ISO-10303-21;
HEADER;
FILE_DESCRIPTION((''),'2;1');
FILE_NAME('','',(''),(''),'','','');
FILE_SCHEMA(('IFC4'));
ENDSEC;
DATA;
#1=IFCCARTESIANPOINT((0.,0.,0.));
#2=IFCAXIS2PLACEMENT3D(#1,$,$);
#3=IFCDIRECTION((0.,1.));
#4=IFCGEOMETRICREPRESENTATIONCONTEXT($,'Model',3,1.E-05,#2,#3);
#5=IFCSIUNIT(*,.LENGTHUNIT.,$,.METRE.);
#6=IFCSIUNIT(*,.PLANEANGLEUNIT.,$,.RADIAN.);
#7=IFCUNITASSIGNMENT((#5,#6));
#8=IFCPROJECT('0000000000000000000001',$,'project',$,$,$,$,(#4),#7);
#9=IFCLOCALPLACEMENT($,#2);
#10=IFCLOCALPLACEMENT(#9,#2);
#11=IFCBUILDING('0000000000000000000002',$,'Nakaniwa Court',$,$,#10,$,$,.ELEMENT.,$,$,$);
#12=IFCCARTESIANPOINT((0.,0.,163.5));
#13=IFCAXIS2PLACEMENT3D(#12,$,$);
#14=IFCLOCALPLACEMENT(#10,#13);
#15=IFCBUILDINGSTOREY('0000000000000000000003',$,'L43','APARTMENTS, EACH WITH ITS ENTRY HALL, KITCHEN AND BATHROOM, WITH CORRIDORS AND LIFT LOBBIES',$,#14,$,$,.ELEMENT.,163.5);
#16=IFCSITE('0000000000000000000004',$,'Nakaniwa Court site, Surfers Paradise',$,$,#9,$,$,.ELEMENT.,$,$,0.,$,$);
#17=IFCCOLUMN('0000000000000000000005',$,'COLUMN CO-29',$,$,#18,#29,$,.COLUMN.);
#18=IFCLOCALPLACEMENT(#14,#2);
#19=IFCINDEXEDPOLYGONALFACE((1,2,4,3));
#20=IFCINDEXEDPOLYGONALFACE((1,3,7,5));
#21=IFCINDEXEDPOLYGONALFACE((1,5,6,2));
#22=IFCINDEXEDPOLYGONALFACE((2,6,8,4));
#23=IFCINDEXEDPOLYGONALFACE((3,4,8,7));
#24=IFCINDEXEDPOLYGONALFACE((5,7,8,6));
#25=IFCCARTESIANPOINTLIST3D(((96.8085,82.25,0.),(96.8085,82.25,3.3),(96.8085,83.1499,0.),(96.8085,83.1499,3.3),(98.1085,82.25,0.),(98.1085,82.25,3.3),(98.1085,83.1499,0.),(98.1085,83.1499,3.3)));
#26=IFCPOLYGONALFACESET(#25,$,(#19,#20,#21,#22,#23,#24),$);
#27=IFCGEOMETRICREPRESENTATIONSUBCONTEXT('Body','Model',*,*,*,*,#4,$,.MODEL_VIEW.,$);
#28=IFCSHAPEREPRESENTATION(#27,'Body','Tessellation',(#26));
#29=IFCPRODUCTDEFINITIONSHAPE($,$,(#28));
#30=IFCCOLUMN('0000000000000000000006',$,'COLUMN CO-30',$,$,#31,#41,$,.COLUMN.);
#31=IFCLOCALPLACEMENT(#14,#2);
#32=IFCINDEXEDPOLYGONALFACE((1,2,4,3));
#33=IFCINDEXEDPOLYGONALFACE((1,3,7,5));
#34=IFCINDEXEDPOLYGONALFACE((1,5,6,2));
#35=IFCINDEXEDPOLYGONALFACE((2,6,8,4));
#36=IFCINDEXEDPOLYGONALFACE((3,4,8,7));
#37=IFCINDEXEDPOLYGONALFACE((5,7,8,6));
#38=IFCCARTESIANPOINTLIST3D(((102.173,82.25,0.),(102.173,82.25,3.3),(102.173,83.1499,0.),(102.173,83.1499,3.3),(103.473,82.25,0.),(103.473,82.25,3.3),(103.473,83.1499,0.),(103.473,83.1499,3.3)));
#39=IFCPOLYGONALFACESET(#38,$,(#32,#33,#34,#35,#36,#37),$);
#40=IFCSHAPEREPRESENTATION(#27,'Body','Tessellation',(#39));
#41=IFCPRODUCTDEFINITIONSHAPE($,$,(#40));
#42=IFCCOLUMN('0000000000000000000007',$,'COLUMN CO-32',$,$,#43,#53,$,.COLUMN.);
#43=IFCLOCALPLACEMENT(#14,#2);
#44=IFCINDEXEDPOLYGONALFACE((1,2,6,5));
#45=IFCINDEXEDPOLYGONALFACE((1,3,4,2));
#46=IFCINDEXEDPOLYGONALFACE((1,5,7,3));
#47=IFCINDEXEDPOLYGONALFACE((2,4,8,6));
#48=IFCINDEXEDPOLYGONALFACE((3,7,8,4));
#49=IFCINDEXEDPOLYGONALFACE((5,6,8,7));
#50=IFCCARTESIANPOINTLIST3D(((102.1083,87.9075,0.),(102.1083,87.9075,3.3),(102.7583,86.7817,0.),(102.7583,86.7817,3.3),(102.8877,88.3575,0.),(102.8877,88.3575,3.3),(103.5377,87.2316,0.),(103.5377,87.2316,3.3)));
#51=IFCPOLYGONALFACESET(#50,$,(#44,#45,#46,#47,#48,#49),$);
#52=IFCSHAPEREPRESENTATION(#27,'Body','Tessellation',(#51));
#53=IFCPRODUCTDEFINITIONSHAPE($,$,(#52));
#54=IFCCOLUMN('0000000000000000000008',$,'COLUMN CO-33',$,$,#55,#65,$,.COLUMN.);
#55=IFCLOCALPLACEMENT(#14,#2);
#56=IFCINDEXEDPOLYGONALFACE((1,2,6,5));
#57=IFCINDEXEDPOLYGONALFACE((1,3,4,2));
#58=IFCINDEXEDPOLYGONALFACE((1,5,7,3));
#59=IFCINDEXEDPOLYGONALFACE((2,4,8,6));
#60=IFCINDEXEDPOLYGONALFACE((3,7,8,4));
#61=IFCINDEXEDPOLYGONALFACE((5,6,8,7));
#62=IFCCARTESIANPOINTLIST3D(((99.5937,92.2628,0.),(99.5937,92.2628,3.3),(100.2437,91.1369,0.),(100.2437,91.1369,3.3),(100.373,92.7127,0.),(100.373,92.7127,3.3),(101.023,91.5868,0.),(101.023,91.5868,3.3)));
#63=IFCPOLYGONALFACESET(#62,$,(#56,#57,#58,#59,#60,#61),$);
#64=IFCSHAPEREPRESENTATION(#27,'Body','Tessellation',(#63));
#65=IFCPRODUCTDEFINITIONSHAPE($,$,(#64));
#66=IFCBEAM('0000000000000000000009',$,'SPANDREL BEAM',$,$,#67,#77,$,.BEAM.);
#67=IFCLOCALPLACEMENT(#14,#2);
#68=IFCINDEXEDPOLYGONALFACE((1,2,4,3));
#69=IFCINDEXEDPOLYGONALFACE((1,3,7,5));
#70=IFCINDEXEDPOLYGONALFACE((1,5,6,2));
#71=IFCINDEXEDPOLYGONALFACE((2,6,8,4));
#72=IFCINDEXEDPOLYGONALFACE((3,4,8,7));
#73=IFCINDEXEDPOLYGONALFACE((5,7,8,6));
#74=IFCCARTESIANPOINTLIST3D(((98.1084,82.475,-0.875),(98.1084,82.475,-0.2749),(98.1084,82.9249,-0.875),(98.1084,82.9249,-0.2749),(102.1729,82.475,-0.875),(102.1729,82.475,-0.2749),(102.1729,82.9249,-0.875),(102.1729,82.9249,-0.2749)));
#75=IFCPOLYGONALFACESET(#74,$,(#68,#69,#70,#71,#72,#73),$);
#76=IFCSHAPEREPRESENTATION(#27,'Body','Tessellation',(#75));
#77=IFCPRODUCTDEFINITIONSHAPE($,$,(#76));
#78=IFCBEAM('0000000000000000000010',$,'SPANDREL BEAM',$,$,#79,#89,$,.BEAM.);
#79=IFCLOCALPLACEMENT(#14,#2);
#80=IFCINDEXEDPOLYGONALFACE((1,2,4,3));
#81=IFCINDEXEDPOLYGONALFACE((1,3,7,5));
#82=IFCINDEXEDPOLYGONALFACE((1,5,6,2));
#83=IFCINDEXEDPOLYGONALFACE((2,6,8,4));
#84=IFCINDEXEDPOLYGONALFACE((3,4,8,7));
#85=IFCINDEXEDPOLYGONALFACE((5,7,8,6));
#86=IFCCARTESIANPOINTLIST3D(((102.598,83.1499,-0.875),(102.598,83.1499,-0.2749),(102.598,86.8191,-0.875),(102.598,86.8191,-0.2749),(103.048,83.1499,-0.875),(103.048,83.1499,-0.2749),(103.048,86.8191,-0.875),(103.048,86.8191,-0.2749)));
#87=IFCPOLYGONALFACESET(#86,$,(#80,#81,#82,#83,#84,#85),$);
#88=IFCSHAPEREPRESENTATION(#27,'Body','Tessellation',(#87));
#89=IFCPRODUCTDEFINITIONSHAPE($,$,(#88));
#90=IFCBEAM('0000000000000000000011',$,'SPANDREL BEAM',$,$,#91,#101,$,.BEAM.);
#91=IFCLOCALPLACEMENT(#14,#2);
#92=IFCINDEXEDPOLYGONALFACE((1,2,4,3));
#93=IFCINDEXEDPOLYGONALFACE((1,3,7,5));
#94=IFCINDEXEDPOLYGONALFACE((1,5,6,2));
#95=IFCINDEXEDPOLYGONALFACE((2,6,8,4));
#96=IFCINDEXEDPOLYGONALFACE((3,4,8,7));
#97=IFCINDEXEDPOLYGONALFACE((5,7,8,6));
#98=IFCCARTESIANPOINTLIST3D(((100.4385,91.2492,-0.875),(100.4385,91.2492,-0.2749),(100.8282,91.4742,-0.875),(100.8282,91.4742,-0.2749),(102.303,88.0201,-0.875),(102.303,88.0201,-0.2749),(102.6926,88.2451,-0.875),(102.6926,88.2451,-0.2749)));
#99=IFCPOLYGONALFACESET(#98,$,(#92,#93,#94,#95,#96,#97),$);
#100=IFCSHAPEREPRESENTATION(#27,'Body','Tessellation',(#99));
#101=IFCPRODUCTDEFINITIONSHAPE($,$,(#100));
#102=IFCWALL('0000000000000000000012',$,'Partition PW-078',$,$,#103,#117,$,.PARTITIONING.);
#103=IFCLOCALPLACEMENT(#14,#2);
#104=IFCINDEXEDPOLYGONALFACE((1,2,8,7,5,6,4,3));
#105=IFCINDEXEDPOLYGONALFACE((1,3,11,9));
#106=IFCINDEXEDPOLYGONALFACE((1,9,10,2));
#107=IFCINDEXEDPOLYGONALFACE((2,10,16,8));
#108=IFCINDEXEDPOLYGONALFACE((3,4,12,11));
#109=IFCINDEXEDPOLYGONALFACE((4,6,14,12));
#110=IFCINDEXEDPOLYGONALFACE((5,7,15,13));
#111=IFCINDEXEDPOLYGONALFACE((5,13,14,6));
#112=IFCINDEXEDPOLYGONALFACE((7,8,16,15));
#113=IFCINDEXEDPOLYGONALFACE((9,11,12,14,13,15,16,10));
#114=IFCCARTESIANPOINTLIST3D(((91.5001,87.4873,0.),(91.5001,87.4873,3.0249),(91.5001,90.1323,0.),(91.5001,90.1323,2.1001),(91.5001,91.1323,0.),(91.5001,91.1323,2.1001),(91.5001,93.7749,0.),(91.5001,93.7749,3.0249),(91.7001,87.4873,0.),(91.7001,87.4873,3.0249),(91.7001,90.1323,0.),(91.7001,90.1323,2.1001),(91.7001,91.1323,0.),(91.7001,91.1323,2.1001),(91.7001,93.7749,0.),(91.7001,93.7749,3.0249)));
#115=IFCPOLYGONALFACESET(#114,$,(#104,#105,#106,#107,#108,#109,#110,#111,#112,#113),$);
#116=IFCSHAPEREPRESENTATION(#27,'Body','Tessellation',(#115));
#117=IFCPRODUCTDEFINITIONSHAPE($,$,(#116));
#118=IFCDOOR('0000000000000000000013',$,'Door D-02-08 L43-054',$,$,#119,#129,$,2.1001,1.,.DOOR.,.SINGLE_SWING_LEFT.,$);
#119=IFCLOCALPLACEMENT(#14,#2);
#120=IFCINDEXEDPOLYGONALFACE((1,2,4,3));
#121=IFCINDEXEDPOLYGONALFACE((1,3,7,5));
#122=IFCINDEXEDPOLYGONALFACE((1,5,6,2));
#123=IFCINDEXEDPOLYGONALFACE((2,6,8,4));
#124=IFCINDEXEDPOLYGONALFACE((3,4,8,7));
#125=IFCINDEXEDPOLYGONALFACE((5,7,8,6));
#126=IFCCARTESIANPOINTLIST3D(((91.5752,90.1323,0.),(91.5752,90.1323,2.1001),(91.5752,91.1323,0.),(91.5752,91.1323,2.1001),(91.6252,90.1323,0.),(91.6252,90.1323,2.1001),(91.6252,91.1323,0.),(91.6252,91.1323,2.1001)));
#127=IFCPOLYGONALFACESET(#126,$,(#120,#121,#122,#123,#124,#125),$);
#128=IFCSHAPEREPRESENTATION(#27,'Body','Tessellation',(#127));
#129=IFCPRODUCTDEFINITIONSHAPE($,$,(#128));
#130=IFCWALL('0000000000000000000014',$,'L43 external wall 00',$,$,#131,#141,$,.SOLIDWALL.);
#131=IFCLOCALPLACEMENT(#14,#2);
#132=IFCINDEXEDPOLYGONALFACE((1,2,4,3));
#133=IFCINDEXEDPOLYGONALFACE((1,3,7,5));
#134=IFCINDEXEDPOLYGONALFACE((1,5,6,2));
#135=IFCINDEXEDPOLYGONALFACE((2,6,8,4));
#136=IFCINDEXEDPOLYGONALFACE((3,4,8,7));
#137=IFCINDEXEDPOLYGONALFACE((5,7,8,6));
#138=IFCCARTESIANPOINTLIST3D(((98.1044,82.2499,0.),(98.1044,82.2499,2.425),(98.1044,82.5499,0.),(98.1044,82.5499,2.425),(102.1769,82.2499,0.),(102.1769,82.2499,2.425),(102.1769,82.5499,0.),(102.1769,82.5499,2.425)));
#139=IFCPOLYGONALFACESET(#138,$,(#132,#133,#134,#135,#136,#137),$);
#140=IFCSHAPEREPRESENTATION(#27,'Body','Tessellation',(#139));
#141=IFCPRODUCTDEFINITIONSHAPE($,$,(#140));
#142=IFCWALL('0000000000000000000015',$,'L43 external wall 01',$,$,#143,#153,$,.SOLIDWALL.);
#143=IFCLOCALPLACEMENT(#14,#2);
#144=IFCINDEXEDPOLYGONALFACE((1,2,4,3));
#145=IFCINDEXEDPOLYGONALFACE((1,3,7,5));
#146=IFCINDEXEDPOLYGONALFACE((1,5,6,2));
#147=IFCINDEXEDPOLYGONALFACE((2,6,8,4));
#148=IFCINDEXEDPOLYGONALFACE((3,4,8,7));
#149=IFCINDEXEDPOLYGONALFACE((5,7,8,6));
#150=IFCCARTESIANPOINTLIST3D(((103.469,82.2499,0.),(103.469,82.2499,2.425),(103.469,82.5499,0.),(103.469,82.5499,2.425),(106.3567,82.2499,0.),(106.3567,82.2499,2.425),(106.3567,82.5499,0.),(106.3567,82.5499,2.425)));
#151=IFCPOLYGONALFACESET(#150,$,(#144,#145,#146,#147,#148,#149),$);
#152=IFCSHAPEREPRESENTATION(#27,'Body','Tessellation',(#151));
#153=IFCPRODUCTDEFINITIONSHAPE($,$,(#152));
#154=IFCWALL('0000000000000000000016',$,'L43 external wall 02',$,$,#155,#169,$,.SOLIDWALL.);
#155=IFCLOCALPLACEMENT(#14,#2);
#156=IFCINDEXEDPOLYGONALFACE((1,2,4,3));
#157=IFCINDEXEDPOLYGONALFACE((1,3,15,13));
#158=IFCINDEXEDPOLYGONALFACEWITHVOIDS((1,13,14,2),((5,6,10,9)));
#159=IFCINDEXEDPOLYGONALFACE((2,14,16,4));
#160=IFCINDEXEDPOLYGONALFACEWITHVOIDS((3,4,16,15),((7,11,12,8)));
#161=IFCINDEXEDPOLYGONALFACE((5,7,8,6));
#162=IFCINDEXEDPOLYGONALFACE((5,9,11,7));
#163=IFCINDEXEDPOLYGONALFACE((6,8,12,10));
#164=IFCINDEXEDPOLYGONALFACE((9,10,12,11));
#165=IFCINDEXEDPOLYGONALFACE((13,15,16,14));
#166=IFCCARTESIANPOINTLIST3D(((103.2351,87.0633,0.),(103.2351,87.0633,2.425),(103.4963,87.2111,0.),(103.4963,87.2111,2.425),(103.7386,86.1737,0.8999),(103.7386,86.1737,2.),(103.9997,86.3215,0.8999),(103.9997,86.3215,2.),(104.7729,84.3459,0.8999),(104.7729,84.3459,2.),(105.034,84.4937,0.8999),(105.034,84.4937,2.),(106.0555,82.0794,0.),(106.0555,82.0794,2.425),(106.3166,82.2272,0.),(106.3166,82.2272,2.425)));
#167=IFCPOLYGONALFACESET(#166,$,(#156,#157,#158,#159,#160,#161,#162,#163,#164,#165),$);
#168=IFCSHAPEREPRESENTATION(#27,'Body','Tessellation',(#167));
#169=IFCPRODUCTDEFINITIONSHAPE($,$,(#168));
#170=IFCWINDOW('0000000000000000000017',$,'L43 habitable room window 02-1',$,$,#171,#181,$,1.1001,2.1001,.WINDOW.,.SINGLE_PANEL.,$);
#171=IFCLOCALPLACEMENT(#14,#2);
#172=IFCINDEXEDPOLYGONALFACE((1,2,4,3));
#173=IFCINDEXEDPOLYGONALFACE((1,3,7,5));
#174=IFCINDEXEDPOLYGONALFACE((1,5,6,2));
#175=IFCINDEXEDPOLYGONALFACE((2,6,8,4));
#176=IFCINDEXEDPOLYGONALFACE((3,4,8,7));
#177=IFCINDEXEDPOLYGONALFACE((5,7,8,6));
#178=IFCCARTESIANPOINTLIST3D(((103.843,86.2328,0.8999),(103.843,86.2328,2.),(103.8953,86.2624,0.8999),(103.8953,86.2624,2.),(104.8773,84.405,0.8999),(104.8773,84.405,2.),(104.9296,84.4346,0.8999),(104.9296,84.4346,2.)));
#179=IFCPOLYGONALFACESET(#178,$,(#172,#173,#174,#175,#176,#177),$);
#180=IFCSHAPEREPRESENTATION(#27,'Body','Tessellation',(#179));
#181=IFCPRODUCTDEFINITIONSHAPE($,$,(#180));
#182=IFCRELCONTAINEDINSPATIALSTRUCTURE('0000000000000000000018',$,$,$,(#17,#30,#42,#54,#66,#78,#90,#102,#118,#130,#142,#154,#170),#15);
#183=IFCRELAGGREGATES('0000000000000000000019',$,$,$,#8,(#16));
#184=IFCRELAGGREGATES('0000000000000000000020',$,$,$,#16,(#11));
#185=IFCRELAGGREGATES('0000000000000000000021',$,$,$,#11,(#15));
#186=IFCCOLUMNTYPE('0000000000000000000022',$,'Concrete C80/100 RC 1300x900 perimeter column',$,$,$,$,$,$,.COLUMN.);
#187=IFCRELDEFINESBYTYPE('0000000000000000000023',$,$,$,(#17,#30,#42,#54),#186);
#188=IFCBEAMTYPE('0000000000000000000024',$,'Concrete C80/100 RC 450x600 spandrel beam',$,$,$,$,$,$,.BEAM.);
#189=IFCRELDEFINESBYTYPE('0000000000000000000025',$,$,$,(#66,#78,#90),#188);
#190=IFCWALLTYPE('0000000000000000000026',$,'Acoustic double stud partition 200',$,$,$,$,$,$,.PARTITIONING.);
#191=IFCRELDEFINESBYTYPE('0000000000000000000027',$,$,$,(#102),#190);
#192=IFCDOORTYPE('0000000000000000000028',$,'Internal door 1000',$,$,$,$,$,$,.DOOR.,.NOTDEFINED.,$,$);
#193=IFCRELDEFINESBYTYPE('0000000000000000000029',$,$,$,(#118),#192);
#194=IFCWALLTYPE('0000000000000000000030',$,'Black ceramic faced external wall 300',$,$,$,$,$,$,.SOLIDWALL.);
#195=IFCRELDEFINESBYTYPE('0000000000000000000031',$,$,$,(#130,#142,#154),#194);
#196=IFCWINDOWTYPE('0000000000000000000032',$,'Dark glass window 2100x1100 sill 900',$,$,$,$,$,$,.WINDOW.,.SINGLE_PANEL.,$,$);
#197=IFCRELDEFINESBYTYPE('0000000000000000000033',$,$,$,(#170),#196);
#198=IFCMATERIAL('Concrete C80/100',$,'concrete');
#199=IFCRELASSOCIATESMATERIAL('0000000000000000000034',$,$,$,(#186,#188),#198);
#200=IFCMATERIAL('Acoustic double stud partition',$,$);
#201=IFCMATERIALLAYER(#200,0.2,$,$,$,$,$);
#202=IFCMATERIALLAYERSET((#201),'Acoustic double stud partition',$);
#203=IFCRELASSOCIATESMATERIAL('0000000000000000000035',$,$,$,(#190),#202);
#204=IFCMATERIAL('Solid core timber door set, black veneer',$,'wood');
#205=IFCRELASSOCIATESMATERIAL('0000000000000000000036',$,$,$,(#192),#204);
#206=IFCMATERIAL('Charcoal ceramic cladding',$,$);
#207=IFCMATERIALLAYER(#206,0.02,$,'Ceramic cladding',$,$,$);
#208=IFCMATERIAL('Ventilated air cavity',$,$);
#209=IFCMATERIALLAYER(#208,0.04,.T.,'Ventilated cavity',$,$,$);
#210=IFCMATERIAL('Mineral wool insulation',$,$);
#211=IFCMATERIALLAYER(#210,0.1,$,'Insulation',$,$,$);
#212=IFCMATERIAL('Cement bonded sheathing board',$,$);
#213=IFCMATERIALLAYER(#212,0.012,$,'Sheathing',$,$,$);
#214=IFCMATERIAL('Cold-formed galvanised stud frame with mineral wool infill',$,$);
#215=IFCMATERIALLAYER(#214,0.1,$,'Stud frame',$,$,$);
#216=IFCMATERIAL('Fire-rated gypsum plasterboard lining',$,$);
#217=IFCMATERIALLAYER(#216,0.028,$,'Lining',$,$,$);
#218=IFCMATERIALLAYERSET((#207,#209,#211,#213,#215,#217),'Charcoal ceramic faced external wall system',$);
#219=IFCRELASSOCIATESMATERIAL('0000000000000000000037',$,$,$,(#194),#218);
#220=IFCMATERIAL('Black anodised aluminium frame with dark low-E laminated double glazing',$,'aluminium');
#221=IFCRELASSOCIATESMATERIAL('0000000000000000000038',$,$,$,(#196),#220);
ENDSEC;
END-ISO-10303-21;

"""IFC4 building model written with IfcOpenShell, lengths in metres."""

from ifc_helpers import new_model, si_unit, direction, frame, frame_2d, origin, origin_2d, place, context, subcontext, project, spatial, rectangle, extrude, material, layer, layer_set, material_profile, profile_set, type_object, element, fill, save


model = new_model("IFC4")

# Units and contexts
model_context = context("Model", 3, precision=1e-05, world=origin(), true_north=direction((0.0, 1.0)))
body_context = subcontext(model_context, "Body", "Model", "MODEL_VIEW")
ifc_project = project(units=[si_unit("LENGTHUNIT", "METRE"), si_unit("PLANEANGLEUNIT", "RADIAN")], contexts=[model_context])

# Site, building, storey
site_placement = place(None, origin())
site = spatial("IfcSite", under=ifc_project, at=site_placement, Name="Nakaniwa Court site, Surfers Paradise", CompositionType="ELEMENT", RefElevation=0.0)
building_placement = place(site_placement, origin())
building = spatial("IfcBuilding", under=site, at=building_placement, Name="Nakaniwa Court", CompositionType="ELEMENT")
storey_placement = place(building_placement, frame((0.0, 0.0, 163.5)))
storey = spatial("IfcBuildingStorey", under=building, at=storey_placement, Name="L43", Description="APARTMENTS, EACH WITH ITS ENTRY HALL, KITCHEN AND BATHROOM, WITH CORRIDORS AND LIFT LOBBIES", CompositionType="ELEMENT", Elevation=163.5)

# Columns
ifc_material_1 = material(Name="Concrete C80/100", Category="concrete")
ifc_material_profile_1 = material_profile(ifc_material_1, rectangle(XDim=1.3, YDim=0.8999, at=origin_2d()), Name="Concrete C80/100 RC 1300x900 perimeter column")
ifc_profile_set_1 = profile_set([ifc_material_profile_1], Name="Concrete C80/100")
column_type = type_object("IfcColumnType", Name="Concrete C80/100 RC 1300x900 perimeter column", PredefinedType="COLUMN", material=ifc_profile_set_1)
for number, where, z_axis, x_axis, name in (
    (1, (97.4585, 82.7, 0.0), (0.0, 0.0, 1.0), (1.0, 0.0, 0.0), "COLUMN CO-29"),
    (2, (102.823, 82.7, 0.0), (0.0, 0.0, 1.0), (1.0, 0.0, 0.0), "COLUMN CO-30"),
    (3, (102.823, 87.5696, 0.0), (0.0, 0.0, 1.0), (-0.5, 0.866025, 0.0), "COLUMN CO-32"),
    (4, (100.3083, 91.9248, 0.0), (0.0, 0.0, 1.0), (-0.5, 0.866025, 0.0), "COLUMN CO-33"),
):
    element("IfcColumn", number, at=place(storey_placement, frame(where, z_axis=z_axis, x_axis=x_axis)), inside=storey, type_object=column_type, Name=name, PredefinedType="COLUMN", context=body_context, shape_type="SweptSolid", body=[
        extrude(rectangle(XDim=1.3, YDim=0.8999, at=origin_2d()), origin(), (0.0, 0.0, 1.0), 3.3),
    ])

# Beams
ifc_material_profile_2 = material_profile(ifc_material_1, rectangle(XDim=0.45, YDim=0.6001, at=origin_2d()), Name="Concrete C80/100 RC 450x600 spandrel beam")
ifc_profile_set_2 = profile_set([ifc_material_profile_2], Name="Concrete C80/100")
beam_type = type_object("IfcBeamType", Name="Concrete C80/100 RC 450x600 spandrel beam", PredefinedType="BEAM", material=ifc_profile_set_2)
beam_1_placement = place(storey_placement, frame((98.1084, 82.7, -0.575), z_axis=(1.0, 0.0, 0.0), x_axis=(0.0, 1.0, 0.0)))
element("IfcBeam", 5, at=beam_1_placement, inside=storey, type_object=beam_type, Name="SPANDREL BEAM", PredefinedType="BEAM", context=body_context, shape_type="SweptSolid", body=[
    extrude(rectangle(XDim=0.45, YDim=0.6001, at=origin_2d()), origin(), (0.0, 0.0, 1.0), 4.0645),
])
beam_2_placement = place(storey_placement, frame((102.823, 83.1499, -0.575), z_axis=(0.0, 1.0, 0.0), x_axis=(-1.0, 0.0, 0.0)))
element("IfcBeam", 6, at=beam_2_placement, inside=storey, type_object=beam_type, Name="SPANDREL BEAM", PredefinedType="BEAM", context=body_context, shape_type="SweptSolid", body=[
    extrude(rectangle(XDim=0.45, YDim=0.6001, at=origin_2d()), origin(), (0.0, 0.0, 1.0), 3.6692),
])
beam_3_placement = place(storey_placement, frame((102.4978, 88.1326, -0.575), z_axis=(-0.500019, 0.866014, 0.0), x_axis=(-0.866014, -0.500019, 0.0)))
element("IfcBeam", 7, at=beam_3_placement, inside=storey, type_object=beam_type, Name="SPANDREL BEAM", PredefinedType="BEAM", context=body_context, shape_type="SweptSolid", body=[
    extrude(rectangle(XDim=0.45, YDim=0.6001, at=origin_2d()), origin(), (0.0, 0.0, 1.0), 3.7288),
])

# Wall, opening, door
ifc_material_2 = material(Name="Acoustic double stud partition")
ifc_layer_1 = layer(ifc_material_2, 0.2)
ifc_layer_set_1 = layer_set([ifc_layer_1], Name="Acoustic double stud partition")
wall_type_1 = type_object("IfcWallType", Name="Acoustic double stud partition 200", PredefinedType="PARTITIONING", material=ifc_layer_set_1)
wall_1_placement = place(storey_placement, frame((91.6001, 87.4873, 0.0), z_axis=(0.0, 0.0, 1.0), x_axis=(0.0, 1.0, 0.0)))
wall_1 = element("IfcWall", 8, at=wall_1_placement, inside=storey, type_object=wall_type_1, Name="Partition PW-078", PredefinedType="PARTITIONING", context=body_context, shape_type="SweptSolid", body=[
    extrude(rectangle(XDim=6.2876, YDim=0.2, at=frame_2d((3.1438, 0.0))), origin(), (0.0, 0.0, 1.0), 3.0249),
])
opening_1_placement = place(wall_1_placement, frame((2.645, 0.0, 0.0)))
opening_1 = element("IfcOpeningElement", 9, at=opening_1_placement, cuts=wall_1, PredefinedType="OPENING", context=body_context, shape_type="SweptSolid", body=[
    extrude(rectangle(XDim=1.0, YDim=2.1001, at=frame_2d((0.5, 1.05))), frame((0.0, 0.1099, 0.0), z_axis=(0.0, -1.0, 0.0), x_axis=(1.0, 0.0, 0.0)), (0.0, 0.0, 1.0), 0.22),
])
ifc_material_3 = material(Name="Solid core timber door set, black veneer", Category="wood")
door_type_1 = type_object("IfcDoorType", Name="Internal door 1000", OperationType="NOTDEFINED", PredefinedType="DOOR", material=ifc_material_3)
door_1_placement = place(opening_1_placement, origin())
door_1 = element("IfcDoor", 10, at=door_1_placement, inside=storey, type_object=door_type_1, Name="Door D-02-08 L43-054", OperationType="SINGLE_SWING_LEFT", OverallHeight=2.1001, OverallWidth=1.0, PredefinedType="DOOR", context=body_context, shape_type="SweptSolid", body=[
    extrude(rectangle(XDim=1.0, YDim=2.1001, at=frame_2d((0.5, 1.05))), frame((0.0, 0.0249, 0.0), z_axis=(0.0, -1.0, 0.0), x_axis=(1.0, 0.0, 0.0)), (0.0, 0.0, 1.0), 0.05),
])
fill(opening_1, door_1)

# Walls
ifc_material_4 = material(Name="Charcoal ceramic cladding")
ifc_layer_2 = layer(ifc_material_4, 0.02, Name="Ceramic cladding")
ifc_material_5 = material(Name="Ventilated air cavity")
ifc_layer_3 = layer(ifc_material_5, 0.04, ventilated=True, Name="Ventilated cavity")
ifc_material_6 = material(Name="Mineral wool insulation")
ifc_layer_4 = layer(ifc_material_6, 0.1, Name="Insulation")
ifc_material_7 = material(Name="Cement bonded sheathing board")
ifc_layer_5 = layer(ifc_material_7, 0.012, Name="Sheathing")
ifc_material_8 = material(Name="Cold-formed galvanised stud frame with mineral wool infill")
ifc_layer_6 = layer(ifc_material_8, 0.1, Name="Stud frame")
ifc_material_9 = material(Name="Fire-rated gypsum plasterboard lining")
ifc_layer_7 = layer(ifc_material_9, 0.028, Name="Lining")
ifc_layer_set_2 = layer_set([ifc_layer_2, ifc_layer_3, ifc_layer_4, ifc_layer_5, ifc_layer_6, ifc_layer_7], Name="Charcoal ceramic faced external wall system")
wall_type_2 = type_object("IfcWallType", Name="Black ceramic faced external wall 300", PredefinedType="SOLIDWALL", material=ifc_layer_set_2)
wall_2_placement = place(storey_placement, frame((98.1045, 82.3999, 0.0), z_axis=(0.0, 0.0, 1.0), x_axis=(1.0, 0.0, 0.0)))
element("IfcWall", 11, at=wall_2_placement, inside=storey, type_object=wall_type_2, Name="L43 external wall 00", PredefinedType="SOLIDWALL", context=body_context, shape_type="SweptSolid", body=[
    extrude(rectangle(XDim=4.0725, YDim=0.3, at=frame_2d((2.0361, 0.0))), origin(), (0.0, 0.0, 1.0), 2.425),
])
wall_3_placement = place(storey_placement, frame((103.469, 82.3999, 0.0), z_axis=(0.0, 0.0, 1.0), x_axis=(1.0, 0.0, 0.0)))
element("IfcWall", 12, at=wall_3_placement, inside=storey, type_object=wall_type_2, Name="L43 external wall 01", PredefinedType="SOLIDWALL", context=body_context, shape_type="SweptSolid", body=[
    extrude(rectangle(XDim=2.8877, YDim=0.3, at=frame_2d((1.4438, 0.0))), origin(), (0.0, 0.0, 1.0), 2.425),
])

# Wall, opening, window
wall_4_placement = place(storey_placement, frame((106.186, 82.1533, 0.0), z_axis=(0.0, 0.0, 1.0), x_axis=(-0.492498, 0.870313, 0.0)))
wall_4 = element("IfcWall", 13, at=wall_4_placement, inside=storey, type_object=wall_type_2, Name="L43 external wall 02", PredefinedType="SOLIDWALL", context=body_context, shape_type="SweptSolid", body=[
    extrude(rectangle(XDim=5.7266, YDim=0.3, at=frame_2d((2.8633, 0.0))), origin(), (0.0, 0.0, 1.0), 2.425),
])
opening_2_placement = place(wall_4_placement, frame((2.6042, 0.0, 0.8999)))
opening_2 = element("IfcOpeningElement", 14, at=opening_2_placement, cuts=wall_4, PredefinedType="OPENING", context=body_context, shape_type="SweptSolid", body=[
    extrude(rectangle(XDim=2.1001, YDim=1.1001, at=frame_2d((1.05, 0.55))), frame((0.0, 0.1599, 0.0), z_axis=(0.0, -1.0, 0.0), x_axis=(1.0, 0.0, 0.0)), (0.0, 0.0, 1.0), 0.3201),
])
ifc_material_10 = material(Name="Black anodised aluminium frame with dark low-E laminated double glazing", Category="aluminium")
window_type = type_object("IfcWindowType", Name="Dark glass window 2100x1100 sill 900", PartitioningType="SINGLE_PANEL", PredefinedType="WINDOW", material=ifc_material_10)
window_1_placement = place(opening_2_placement, origin())
window_1 = element("IfcWindow", 15, at=window_1_placement, inside=storey, type_object=window_type, Name="L43 habitable room window 02-1", OverallHeight=1.1001, OverallWidth=2.1001, PartitioningType="SINGLE_PANEL", PredefinedType="WINDOW", context=body_context, shape_type="SweptSolid", body=[
    extrude(rectangle(XDim=2.1001, YDim=1.1001, at=frame_2d((1.05, 0.55))), frame((0.0, 0.03, 0.0), z_axis=(0.0, -1.0, 0.0), x_axis=(1.0, 0.0, 0.0)), (0.0, 0.0, 1.0), 0.0601),
])
fill(opening_2, window_1)

save(model, "model.ifc")
